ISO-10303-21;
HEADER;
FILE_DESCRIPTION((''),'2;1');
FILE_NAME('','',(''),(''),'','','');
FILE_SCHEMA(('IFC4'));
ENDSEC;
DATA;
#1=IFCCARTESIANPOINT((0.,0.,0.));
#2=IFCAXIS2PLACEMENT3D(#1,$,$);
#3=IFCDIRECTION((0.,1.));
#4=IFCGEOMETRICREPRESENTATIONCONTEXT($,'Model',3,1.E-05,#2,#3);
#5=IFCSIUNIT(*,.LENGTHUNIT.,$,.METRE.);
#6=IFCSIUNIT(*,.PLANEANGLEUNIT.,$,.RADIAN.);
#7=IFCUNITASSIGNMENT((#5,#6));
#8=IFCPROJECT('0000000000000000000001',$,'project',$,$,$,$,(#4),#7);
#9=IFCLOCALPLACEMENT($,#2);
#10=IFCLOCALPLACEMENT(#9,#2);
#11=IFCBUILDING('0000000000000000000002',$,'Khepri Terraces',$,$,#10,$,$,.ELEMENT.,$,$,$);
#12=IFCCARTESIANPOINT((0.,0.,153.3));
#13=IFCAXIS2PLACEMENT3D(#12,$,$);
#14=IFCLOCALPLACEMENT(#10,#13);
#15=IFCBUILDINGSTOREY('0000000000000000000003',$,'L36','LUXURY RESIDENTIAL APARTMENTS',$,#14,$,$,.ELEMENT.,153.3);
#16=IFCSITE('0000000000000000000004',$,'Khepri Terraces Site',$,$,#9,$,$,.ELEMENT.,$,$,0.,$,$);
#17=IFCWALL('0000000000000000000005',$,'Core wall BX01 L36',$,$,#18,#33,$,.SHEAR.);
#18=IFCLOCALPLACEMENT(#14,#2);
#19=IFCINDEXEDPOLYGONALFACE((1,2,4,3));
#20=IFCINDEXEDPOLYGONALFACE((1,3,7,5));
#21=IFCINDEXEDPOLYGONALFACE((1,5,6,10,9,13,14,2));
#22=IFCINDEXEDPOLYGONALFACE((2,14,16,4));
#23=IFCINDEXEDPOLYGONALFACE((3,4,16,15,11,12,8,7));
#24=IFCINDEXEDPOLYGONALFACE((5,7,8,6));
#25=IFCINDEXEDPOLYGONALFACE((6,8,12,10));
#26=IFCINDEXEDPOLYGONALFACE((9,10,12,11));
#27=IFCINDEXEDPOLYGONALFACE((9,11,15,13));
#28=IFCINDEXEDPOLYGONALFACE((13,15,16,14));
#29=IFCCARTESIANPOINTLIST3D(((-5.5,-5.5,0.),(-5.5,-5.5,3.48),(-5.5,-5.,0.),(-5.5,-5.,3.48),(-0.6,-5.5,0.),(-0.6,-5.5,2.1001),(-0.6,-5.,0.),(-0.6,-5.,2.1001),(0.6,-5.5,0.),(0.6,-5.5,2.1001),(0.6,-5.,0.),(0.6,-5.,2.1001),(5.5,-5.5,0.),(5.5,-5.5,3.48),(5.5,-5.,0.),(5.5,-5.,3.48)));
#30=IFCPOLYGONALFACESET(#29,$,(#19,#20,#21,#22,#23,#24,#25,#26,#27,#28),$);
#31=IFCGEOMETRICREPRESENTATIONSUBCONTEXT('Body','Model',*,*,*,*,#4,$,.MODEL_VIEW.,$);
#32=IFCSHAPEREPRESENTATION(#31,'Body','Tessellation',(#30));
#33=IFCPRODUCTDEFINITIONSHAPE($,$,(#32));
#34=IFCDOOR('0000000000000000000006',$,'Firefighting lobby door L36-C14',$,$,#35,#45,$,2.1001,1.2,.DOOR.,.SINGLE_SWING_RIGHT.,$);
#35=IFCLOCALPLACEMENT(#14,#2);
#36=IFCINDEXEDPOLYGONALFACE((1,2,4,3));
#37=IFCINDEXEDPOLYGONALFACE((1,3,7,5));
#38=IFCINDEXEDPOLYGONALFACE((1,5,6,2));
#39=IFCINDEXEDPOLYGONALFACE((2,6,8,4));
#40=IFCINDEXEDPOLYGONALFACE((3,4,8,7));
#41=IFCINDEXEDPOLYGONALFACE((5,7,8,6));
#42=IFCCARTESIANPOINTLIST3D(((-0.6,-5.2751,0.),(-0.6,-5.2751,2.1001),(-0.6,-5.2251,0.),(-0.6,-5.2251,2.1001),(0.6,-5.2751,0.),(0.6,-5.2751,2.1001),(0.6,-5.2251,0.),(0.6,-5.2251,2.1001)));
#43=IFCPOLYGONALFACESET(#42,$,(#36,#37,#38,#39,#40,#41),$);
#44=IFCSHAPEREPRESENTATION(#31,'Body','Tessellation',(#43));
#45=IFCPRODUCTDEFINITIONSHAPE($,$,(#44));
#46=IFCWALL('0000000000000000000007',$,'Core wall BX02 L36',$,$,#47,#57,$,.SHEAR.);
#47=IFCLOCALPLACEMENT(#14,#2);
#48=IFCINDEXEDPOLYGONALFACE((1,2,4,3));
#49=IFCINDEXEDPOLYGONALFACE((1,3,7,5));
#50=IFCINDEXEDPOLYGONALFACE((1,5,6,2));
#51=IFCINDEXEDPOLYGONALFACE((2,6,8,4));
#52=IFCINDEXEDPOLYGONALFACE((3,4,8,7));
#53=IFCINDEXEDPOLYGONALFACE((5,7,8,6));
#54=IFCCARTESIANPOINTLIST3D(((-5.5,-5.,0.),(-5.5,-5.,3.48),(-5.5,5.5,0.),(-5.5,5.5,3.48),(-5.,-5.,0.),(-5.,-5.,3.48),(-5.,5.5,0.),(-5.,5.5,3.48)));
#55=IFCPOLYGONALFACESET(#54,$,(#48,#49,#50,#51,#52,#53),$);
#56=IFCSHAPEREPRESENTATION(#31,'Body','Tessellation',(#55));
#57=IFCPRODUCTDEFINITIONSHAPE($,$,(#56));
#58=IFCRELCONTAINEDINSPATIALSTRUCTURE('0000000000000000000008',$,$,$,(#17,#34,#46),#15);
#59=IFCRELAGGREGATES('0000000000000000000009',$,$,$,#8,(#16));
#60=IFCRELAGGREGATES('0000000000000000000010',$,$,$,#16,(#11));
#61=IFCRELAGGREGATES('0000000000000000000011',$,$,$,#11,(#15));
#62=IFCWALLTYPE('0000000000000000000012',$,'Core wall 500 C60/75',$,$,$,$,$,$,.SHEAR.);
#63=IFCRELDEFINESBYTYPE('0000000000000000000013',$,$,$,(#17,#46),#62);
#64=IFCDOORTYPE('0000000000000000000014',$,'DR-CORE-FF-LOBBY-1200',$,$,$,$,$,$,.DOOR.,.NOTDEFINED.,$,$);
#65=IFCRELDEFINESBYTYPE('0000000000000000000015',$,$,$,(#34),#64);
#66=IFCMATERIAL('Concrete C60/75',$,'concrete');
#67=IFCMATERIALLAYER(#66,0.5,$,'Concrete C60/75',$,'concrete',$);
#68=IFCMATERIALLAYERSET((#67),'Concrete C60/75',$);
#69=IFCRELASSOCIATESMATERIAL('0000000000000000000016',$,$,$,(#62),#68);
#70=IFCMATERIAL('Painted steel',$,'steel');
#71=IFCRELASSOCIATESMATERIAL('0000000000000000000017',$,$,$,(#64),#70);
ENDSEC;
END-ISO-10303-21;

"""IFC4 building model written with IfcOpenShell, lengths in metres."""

from ifc_helpers import new_model, si_unit, direction, frame, frame_2d, origin, place, context, subcontext, project, spatial, rectangle, extrude, material, layer, layer_set, type_object, element, fill, save


model = new_model("IFC4")

# Units and contexts
model_context = context("Model", 3, precision=1e-05, world=origin(), true_north=direction((0.0, 1.0)))
body_context = subcontext(model_context, "Body", "Model", "MODEL_VIEW")
ifc_project = project(units=[si_unit("LENGTHUNIT", "METRE"), si_unit("PLANEANGLEUNIT", "RADIAN")], contexts=[model_context])

# Site, building, storey
site_placement = place(None, origin())
site = spatial("IfcSite", under=ifc_project, at=site_placement, Name="Khepri Terraces Site", CompositionType="ELEMENT", RefElevation=0.0)
building_placement = place(site_placement, origin())
building = spatial("IfcBuilding", under=site, at=building_placement, Name="Khepri Terraces", CompositionType="ELEMENT")
storey_placement = place(building_placement, frame((0.0, 0.0, 153.3)))
storey = spatial("IfcBuildingStorey", under=building, at=storey_placement, Name="L36", Description="LUXURY RESIDENTIAL APARTMENTS", CompositionType="ELEMENT", Elevation=153.3)

# Shared definitions
ifc_material_1 = material(Name="Concrete C60/75", Category="concrete")

# Shared definitions
ifc_material_2 = material(Name="Painted steel", Category="steel")

# Wall, opening, door
ifc_layer_1 = layer(ifc_material_1, 0.5, Name="Concrete C60/75", Category="concrete")
ifc_layer_set_1 = layer_set([ifc_layer_1], Name="Concrete C60/75")
wall_type_1 = type_object("IfcWallType", Name="Core wall 500 C60/75", PredefinedType="SHEAR", material=ifc_layer_set_1)
wall_1_placement = place(storey_placement, frame((-5.5, -5.25, 0.0), z_axis=(0.0, 0.0, 1.0), x_axis=(1.0, 0.0, 0.0)))
wall_1 = element("IfcWall", 1, at=wall_1_placement, inside=storey, type_object=wall_type_1, Name="Core wall BX01 L36", PredefinedType="SHEAR", context=body_context, shape_type="SweptSolid", body=[
    extrude(rectangle(XDim=11.0, YDim=0.5, at=frame_2d((5.5, 0.0))), origin(), (0.0, 0.0, 1.0), 3.48),
])
opening_1_placement = place(wall_1_placement, frame((4.8999, 0.0, 0.0)))
opening_1 = element("IfcOpeningElement", 2, at=opening_1_placement, cuts=wall_1, PredefinedType="OPENING", context=body_context, shape_type="SweptSolid", body=[
    extrude(rectangle(XDim=1.2, YDim=2.1001, at=frame_2d((0.6001, 1.05))), frame((0.0, 0.26, 0.0), z_axis=(0.0, -1.0, 0.0), x_axis=(1.0, 0.0, 0.0)), (0.0, 0.0, 1.0), 0.52),
])
door_type_1 = type_object("IfcDoorType", Name="DR-CORE-FF-LOBBY-1200", OperationType="NOTDEFINED", PredefinedType="DOOR", material=ifc_material_2)
door_1_placement = place(opening_1_placement, origin())
door_1 = element("IfcDoor", 3, at=door_1_placement, inside=storey, type_object=door_type_1, Name="Firefighting lobby door L36-C14", OperationType="SINGLE_SWING_RIGHT", OverallHeight=2.1001, OverallWidth=1.2, PredefinedType="DOOR", context=body_context, shape_type="SweptSolid", body=[
    extrude(rectangle(XDim=1.2, YDim=2.1001, at=frame_2d((0.6001, 1.05))), frame((0.0, 0.0249, 0.0), z_axis=(0.0, -1.0, 0.0), x_axis=(1.0, 0.0, 0.0)), (0.0, 0.0, 1.0), 0.05),
])
fill(opening_1, door_1)

# Wall
wall_2_placement = place(storey_placement, frame((-5.25, -5.0, 0.0), z_axis=(0.0, 0.0, 1.0), x_axis=(0.0, 1.0, 0.0)))
element("IfcWall", 4, at=wall_2_placement, inside=storey, type_object=wall_type_1, Name="Core wall BX02 L36", PredefinedType="SHEAR", context=body_context, shape_type="SweptSolid", body=[
    extrude(rectangle(XDim=10.5, YDim=0.5, at=frame_2d((5.25, 0.0))), origin(), (0.0, 0.0, 1.0), 3.48),
])

save(model, "model.ifc")
